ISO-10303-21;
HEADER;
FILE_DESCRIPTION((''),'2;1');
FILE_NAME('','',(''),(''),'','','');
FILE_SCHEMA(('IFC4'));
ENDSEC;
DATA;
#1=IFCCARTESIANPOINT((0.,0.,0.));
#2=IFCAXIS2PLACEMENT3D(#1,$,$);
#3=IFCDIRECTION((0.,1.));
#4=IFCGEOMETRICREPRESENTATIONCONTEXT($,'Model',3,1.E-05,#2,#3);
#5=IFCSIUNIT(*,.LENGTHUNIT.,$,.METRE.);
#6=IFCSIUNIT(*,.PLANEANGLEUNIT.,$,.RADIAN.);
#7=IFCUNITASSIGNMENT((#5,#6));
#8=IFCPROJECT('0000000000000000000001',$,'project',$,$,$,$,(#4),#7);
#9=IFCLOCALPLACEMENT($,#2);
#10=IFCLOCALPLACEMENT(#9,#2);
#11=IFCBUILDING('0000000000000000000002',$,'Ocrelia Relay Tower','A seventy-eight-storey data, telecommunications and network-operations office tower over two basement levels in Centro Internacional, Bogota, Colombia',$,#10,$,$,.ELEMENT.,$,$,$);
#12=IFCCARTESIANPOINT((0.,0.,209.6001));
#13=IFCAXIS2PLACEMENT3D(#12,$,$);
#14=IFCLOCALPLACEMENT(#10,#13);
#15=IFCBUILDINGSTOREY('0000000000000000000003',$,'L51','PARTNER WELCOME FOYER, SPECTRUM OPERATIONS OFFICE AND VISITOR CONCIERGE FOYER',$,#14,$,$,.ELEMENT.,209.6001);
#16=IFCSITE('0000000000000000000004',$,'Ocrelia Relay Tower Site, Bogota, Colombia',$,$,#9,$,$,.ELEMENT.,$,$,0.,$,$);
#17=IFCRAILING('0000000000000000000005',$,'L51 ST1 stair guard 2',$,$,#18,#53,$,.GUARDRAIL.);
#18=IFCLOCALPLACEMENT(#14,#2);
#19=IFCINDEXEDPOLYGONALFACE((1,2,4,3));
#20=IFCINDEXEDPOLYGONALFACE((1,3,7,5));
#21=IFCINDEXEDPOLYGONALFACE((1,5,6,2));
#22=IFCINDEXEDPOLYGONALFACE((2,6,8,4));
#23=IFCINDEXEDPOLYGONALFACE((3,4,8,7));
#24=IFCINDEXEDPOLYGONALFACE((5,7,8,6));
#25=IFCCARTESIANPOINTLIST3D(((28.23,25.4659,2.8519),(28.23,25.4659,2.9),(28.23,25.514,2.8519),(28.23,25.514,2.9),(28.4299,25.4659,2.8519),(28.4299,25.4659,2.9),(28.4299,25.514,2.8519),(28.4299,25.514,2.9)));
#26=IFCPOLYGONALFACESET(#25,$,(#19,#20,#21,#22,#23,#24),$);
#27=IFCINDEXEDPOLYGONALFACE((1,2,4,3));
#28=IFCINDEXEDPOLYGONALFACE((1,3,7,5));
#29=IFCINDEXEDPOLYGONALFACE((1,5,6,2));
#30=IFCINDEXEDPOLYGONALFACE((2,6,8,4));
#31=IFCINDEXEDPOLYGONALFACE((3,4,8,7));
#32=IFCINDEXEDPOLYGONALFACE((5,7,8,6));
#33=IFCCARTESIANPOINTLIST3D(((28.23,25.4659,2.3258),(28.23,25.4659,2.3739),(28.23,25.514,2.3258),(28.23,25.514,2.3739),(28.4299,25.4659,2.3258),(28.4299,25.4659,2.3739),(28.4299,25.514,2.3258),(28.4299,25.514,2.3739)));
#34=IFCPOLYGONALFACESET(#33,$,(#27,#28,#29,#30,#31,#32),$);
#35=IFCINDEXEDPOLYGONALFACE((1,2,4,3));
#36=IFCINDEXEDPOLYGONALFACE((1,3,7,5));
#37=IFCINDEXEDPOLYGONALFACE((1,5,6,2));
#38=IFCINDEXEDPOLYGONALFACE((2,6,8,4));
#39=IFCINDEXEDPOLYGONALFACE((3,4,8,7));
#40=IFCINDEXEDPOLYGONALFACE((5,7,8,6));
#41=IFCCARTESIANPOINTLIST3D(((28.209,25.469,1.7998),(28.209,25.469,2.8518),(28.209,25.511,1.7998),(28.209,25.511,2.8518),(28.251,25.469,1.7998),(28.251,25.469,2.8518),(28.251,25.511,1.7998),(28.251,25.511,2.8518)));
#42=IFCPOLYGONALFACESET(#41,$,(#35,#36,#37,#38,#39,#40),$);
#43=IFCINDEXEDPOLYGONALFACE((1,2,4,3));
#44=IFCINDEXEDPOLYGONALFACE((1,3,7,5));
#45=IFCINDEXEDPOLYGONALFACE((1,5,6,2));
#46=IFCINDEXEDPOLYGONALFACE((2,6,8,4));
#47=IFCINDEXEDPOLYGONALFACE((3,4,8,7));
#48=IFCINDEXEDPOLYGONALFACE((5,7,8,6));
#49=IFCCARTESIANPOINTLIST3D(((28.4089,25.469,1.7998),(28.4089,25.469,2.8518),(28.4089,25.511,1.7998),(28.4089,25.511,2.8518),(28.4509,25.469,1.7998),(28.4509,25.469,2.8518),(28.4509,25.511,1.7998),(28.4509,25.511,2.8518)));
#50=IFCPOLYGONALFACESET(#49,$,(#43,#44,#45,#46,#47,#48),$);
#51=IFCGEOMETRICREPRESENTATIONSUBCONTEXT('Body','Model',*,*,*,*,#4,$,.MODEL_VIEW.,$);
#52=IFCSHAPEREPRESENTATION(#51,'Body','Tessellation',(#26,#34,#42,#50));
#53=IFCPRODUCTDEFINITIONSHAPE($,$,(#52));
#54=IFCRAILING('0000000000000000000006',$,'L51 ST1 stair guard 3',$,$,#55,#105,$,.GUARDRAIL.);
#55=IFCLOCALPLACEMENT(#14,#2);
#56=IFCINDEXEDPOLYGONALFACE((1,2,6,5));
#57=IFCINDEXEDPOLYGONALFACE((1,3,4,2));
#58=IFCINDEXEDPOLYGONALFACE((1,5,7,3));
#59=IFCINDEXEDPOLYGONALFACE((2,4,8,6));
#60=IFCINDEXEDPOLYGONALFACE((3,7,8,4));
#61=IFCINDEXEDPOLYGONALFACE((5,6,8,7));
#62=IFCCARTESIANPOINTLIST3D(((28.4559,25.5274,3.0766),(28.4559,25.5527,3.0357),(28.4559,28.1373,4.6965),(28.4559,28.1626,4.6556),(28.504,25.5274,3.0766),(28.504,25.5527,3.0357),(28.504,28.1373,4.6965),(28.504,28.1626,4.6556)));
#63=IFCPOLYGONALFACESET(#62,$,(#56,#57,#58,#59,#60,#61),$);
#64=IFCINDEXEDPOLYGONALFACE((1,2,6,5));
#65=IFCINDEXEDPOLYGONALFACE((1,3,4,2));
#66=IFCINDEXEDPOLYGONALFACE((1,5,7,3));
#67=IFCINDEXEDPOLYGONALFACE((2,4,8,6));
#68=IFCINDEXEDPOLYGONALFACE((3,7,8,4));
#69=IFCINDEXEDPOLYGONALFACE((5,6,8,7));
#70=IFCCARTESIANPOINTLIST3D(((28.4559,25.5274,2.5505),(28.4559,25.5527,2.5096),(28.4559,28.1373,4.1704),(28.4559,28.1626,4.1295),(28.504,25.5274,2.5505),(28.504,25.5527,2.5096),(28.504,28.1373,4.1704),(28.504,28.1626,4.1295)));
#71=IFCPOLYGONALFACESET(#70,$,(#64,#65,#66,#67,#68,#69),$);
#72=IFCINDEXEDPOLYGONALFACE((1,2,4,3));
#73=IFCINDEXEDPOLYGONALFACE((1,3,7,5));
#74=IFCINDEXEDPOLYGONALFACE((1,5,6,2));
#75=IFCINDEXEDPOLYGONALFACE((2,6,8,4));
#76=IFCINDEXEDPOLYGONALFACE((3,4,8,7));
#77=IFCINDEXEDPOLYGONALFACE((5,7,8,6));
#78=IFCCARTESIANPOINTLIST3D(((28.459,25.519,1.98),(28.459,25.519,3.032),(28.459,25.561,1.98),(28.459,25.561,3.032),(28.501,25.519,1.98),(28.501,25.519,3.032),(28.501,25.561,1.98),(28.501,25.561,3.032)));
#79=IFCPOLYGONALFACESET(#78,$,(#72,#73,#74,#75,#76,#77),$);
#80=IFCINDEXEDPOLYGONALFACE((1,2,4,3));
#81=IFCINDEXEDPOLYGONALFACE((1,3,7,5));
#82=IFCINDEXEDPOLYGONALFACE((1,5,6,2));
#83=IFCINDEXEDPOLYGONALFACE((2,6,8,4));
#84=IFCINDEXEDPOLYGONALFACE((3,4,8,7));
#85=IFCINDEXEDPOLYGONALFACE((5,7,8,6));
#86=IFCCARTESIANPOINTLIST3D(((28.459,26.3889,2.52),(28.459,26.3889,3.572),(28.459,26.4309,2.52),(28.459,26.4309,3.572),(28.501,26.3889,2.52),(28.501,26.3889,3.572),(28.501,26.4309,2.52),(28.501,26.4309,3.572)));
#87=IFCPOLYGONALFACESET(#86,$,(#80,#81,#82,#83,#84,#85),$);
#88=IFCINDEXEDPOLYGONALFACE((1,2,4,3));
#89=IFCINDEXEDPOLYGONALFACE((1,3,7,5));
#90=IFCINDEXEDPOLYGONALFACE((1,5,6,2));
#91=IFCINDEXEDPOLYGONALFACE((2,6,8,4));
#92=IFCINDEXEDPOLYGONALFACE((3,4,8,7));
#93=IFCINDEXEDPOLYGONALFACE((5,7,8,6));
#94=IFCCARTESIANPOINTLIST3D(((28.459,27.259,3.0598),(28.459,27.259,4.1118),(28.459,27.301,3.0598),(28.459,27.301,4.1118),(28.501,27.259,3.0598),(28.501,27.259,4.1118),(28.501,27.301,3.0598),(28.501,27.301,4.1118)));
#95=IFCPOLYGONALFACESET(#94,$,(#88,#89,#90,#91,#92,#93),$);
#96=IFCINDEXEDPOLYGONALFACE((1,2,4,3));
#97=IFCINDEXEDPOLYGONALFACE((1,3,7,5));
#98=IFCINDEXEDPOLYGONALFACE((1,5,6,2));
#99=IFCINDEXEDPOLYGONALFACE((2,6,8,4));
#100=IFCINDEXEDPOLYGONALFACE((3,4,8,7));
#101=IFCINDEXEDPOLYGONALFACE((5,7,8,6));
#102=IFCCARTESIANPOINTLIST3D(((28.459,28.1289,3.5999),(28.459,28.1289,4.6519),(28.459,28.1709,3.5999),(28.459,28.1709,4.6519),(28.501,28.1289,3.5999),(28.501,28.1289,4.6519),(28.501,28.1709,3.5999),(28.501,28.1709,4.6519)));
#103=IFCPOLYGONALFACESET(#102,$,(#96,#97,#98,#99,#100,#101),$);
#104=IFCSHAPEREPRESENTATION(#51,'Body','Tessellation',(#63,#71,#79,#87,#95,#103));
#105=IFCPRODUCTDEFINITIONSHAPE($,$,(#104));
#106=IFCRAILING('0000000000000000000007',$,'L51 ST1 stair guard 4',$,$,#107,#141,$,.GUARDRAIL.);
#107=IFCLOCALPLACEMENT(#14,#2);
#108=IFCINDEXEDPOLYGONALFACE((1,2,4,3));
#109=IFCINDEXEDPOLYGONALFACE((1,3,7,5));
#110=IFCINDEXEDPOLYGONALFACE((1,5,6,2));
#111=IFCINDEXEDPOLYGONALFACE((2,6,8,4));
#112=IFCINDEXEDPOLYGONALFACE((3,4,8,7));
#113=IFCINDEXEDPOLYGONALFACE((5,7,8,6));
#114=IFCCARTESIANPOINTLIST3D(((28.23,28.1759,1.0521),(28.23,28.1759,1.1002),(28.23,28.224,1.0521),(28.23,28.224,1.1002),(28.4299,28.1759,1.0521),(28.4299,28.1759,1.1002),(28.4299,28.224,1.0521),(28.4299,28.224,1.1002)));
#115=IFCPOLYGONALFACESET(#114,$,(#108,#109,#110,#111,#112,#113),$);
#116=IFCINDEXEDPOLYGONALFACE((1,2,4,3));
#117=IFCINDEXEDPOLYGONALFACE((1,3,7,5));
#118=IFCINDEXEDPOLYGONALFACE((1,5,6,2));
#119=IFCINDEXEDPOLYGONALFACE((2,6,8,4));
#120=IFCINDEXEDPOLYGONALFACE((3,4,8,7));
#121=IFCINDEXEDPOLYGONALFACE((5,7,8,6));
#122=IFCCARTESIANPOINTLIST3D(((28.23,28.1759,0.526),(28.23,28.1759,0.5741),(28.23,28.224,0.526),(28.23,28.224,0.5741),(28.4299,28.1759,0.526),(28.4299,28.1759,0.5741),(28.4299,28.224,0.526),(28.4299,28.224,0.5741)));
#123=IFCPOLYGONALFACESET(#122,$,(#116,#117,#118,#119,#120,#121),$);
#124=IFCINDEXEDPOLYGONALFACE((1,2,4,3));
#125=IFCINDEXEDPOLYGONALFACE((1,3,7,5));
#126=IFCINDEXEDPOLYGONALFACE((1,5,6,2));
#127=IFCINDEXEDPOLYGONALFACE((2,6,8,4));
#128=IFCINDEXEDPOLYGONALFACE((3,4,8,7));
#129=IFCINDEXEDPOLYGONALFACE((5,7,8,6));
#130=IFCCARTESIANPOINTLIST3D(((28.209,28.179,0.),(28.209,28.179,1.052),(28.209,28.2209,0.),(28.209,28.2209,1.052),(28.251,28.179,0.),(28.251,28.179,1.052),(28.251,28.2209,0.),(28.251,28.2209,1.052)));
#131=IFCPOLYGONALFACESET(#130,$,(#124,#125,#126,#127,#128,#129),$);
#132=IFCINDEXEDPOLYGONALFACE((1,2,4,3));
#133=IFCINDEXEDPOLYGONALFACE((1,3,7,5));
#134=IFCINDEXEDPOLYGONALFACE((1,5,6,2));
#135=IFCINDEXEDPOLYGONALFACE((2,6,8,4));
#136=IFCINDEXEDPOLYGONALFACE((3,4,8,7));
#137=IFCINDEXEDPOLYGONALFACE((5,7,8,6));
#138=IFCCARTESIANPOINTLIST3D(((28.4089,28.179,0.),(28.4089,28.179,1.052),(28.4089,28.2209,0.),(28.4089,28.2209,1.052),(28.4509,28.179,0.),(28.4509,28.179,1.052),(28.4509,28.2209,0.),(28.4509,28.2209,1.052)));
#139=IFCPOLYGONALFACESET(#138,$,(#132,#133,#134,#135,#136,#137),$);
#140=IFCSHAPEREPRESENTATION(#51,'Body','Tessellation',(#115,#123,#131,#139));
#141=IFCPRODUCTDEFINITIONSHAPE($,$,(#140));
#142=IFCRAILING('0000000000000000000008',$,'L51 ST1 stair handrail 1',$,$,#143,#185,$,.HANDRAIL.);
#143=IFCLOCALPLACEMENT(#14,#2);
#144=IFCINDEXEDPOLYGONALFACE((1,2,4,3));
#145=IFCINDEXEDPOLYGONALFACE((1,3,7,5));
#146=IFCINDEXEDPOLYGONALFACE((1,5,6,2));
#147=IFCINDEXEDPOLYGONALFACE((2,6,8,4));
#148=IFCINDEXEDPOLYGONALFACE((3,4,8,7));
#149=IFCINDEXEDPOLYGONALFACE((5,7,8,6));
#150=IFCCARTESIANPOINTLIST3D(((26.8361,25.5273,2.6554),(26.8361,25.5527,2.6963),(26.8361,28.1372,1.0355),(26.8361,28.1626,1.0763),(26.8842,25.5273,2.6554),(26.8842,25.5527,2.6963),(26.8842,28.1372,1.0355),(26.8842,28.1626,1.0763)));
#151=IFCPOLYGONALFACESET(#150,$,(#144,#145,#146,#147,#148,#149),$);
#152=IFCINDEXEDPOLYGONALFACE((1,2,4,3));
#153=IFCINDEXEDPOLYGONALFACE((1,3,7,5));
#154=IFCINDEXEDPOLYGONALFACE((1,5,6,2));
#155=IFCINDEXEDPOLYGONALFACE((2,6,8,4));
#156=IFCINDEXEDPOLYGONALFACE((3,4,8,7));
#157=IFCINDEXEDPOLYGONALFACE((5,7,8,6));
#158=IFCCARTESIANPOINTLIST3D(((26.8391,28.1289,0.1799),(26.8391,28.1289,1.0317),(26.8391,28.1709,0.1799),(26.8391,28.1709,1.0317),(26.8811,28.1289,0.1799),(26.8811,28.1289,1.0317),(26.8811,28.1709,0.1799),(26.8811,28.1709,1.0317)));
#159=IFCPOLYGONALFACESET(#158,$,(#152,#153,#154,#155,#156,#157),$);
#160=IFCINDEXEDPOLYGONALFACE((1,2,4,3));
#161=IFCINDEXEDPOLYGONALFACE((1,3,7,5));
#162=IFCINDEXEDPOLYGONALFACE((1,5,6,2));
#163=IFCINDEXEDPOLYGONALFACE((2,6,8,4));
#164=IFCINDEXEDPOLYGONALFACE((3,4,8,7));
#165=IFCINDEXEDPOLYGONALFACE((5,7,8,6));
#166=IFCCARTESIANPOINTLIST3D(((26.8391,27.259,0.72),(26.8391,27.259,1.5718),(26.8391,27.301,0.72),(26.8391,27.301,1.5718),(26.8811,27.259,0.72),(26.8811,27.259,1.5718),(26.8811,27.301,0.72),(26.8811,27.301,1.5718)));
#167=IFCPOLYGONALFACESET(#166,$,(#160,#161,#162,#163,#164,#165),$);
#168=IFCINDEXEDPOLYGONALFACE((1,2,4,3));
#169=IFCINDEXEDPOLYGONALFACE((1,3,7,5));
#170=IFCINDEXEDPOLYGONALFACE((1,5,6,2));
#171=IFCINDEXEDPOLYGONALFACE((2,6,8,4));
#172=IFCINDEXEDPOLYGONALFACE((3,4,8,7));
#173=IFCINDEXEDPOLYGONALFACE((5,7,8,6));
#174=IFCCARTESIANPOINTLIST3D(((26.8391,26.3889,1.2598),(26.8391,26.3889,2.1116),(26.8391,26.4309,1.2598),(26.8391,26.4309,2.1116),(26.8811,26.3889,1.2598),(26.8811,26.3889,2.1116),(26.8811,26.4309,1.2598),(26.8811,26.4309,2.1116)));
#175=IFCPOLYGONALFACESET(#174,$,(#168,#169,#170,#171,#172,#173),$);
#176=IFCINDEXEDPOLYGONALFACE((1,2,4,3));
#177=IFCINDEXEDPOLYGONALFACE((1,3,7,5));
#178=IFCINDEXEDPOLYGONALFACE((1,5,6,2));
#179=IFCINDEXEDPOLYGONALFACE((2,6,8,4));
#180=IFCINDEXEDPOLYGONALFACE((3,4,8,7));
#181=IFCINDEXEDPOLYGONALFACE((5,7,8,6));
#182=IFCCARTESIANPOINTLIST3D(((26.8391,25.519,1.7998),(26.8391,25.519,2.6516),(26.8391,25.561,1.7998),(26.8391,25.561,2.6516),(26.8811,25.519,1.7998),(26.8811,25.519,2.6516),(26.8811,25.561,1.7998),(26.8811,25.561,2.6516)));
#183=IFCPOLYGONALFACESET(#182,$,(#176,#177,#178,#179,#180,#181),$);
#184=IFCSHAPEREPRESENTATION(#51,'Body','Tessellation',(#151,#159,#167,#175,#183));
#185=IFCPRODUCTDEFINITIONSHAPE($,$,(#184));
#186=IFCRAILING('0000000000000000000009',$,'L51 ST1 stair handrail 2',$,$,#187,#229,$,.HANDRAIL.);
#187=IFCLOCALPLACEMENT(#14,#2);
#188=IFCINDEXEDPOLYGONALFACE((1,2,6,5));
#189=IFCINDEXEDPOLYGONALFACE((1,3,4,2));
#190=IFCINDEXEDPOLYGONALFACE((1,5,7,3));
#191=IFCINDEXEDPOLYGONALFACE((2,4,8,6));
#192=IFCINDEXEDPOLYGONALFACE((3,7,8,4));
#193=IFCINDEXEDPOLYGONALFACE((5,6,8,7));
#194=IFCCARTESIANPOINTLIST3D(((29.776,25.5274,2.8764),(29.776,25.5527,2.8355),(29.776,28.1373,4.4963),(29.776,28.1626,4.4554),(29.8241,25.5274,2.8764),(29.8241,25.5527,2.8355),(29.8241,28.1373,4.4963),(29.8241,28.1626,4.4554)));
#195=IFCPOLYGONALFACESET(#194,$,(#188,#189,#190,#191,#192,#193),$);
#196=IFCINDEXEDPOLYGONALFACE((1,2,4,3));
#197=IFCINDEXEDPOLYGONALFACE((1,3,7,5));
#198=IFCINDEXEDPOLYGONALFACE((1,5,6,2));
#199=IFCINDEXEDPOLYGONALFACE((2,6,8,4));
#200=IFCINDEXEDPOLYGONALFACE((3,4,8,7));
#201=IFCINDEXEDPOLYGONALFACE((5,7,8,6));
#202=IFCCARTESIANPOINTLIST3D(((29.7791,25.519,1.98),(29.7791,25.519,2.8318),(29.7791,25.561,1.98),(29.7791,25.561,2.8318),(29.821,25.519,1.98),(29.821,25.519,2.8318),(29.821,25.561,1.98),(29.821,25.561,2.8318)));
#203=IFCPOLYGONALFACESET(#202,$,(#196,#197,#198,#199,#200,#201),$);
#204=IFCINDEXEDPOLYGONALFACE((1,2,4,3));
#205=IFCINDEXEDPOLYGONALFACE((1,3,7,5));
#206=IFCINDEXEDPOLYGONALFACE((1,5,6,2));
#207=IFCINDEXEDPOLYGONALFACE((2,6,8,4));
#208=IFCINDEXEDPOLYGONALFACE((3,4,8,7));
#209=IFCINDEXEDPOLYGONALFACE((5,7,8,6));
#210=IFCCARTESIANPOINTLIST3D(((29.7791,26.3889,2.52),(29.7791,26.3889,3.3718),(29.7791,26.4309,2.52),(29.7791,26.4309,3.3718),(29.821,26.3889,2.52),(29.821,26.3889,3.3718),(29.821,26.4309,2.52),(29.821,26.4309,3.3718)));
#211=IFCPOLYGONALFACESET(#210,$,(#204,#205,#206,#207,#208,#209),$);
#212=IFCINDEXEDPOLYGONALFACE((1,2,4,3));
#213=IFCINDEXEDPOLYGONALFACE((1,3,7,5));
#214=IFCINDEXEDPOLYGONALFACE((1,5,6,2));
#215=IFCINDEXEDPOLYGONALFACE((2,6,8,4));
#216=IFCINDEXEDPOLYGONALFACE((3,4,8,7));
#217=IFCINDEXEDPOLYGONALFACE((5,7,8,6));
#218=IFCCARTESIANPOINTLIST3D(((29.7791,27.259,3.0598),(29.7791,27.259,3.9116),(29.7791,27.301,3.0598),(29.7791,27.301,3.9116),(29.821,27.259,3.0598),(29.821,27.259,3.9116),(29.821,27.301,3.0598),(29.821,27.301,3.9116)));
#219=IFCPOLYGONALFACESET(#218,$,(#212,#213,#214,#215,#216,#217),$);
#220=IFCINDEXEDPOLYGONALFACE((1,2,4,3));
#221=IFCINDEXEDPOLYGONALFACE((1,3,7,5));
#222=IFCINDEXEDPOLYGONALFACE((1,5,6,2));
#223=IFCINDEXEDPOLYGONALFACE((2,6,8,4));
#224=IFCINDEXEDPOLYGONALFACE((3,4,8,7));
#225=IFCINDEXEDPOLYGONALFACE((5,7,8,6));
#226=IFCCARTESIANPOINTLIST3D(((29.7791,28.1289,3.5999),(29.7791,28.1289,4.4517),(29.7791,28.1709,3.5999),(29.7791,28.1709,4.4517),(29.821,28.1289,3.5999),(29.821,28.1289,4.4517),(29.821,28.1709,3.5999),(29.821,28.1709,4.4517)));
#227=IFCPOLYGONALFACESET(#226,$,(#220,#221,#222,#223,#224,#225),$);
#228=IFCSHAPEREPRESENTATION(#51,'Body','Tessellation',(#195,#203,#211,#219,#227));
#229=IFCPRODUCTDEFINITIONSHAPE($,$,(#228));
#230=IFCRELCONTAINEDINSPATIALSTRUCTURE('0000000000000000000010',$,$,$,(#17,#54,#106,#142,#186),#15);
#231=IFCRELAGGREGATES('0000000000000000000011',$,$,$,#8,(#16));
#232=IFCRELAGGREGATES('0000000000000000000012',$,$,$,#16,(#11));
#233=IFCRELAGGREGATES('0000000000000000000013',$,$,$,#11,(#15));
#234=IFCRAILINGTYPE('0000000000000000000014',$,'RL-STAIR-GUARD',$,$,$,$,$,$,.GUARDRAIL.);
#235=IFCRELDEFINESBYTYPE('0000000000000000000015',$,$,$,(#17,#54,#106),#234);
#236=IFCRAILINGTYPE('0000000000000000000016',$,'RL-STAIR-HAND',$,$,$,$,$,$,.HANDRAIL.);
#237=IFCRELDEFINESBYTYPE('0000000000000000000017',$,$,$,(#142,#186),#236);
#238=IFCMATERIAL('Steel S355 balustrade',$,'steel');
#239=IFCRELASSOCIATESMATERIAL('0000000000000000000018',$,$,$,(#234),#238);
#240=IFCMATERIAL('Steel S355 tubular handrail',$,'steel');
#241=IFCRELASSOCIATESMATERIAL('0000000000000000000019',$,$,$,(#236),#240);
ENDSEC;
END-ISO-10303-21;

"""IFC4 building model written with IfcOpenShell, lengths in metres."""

from ifc_helpers import new_model, si_unit, direction, frame, origin, origin_2d, place, context, subcontext, project, spatial, rectangle, extrude, material, type_object, element, save


model = new_model("IFC4")

# Units and contexts
model_context = context("Model", 3, precision=1e-05, world=origin(), true_north=direction((0.0, 1.0)))
body_context = subcontext(model_context, "Body", "Model", "MODEL_VIEW")
ifc_project = project(units=[si_unit("LENGTHUNIT", "METRE"), si_unit("PLANEANGLEUNIT", "RADIAN")], contexts=[model_context])

# Site, building, storey
site_placement = place(None, origin())
site = spatial("IfcSite", under=ifc_project, at=site_placement, Name="Ocrelia Relay Tower Site, Bogota, Colombia", CompositionType="ELEMENT", RefElevation=0.0)
building_placement = place(site_placement, origin())
building = spatial("IfcBuilding", under=site, at=building_placement, Name="Ocrelia Relay Tower", Description="A seventy-eight-storey data, telecommunications and network-operations office tower over two basement levels in Centro Internacional, Bogota, Colombia", CompositionType="ELEMENT")
storey_placement = place(building_placement, frame((0.0, 0.0, 209.6001)))
storey = spatial("IfcBuildingStorey", under=building, at=storey_placement, Name="L51", Description="PARTNER WELCOME FOYER, SPECTRUM OPERATIONS OFFICE AND VISITOR CONCIERGE FOYER", CompositionType="ELEMENT", Elevation=209.6001)

# Railings
ifc_material_1 = material(Name="Steel S355 balustrade", Category="steel")
railing_type_1 = type_object("IfcRailingType", Name="RL-STAIR-GUARD", PredefinedType="GUARDRAIL", material=ifc_material_1)
railing_1_placement = place(storey_placement, frame((28.23, 25.49, 1.7998)))
element("IfcRailing", 1, at=railing_1_placement, inside=storey, type_object=railing_type_1, Name="L51 ST1 stair guard 2", PredefinedType="GUARDRAIL", context=body_context, shape_type="SweptSolid", body=[
    extrude(rectangle(XDim=0.0481, YDim=0.0481, at=origin_2d()), frame((0.0, 0.0, 1.0762), z_axis=(1.0, 0.0, 0.0), x_axis=(0.0, 1.0, 0.0)), (0.0, 0.0, 1.0), 0.2),
    extrude(rectangle(XDim=0.0481, YDim=0.0481, at=origin_2d()), frame((0.0, 0.0, 0.55), z_axis=(1.0, 0.0, 0.0), x_axis=(0.0, 1.0, 0.0)), (0.0, 0.0, 1.0), 0.2),
    extrude(rectangle(XDim=0.042, YDim=0.042, at=origin_2d()), origin(), (0.0, 0.0, 1.0), 1.052),
    extrude(rectangle(XDim=0.042, YDim=0.042, at=origin_2d()), frame((0.2, 0.0, 0.0)), (0.0, 0.0, 1.0), 1.052),
])
railing_2_placement = place(storey_placement, frame((28.48, 25.54, 1.98)))
element("IfcRailing", 2, at=railing_2_placement, inside=storey, type_object=railing_type_1, Name="L51 ST1 stair guard 3", PredefinedType="GUARDRAIL", context=body_context, shape_type="SweptSolid", body=[
    extrude(rectangle(XDim=0.0481, YDim=0.0481, at=origin_2d()), frame((0.0, 0.0, 1.0762), z_axis=(0.0, 0.849646, 0.527353), x_axis=(-1.0, 0.0, 0.0)), (0.0, 0.0, 1.0), 3.0718),
    extrude(rectangle(XDim=0.0481, YDim=0.0481, at=origin_2d()), frame((0.0, 0.0, 0.55), z_axis=(0.0, 0.849646, 0.527353), x_axis=(-1.0, 0.0, 0.0)), (0.0, 0.0, 1.0), 3.0718),
    extrude(rectangle(XDim=0.042, YDim=0.042, at=origin_2d()), origin(), (0.0, 0.0, 1.0), 1.052),
    extrude(rectangle(XDim=0.042, YDim=0.042, at=origin_2d()), frame((0.0, 0.8699, 0.54)), (0.0, 0.0, 1.0), 1.052),
    extrude(rectangle(XDim=0.042, YDim=0.042, at=origin_2d()), frame((0.0, 1.74, 1.0798)), (0.0, 0.0, 1.0), 1.052),
    extrude(rectangle(XDim=0.042, YDim=0.042, at=origin_2d()), frame((0.0, 2.6099, 1.6199)), (0.0, 0.0, 1.0), 1.052),
])
railing_3_placement = place(storey_placement, frame((28.23, 28.2, 0.0)))
element("IfcRailing", 3, at=railing_3_placement, inside=storey, type_object=railing_type_1, Name="L51 ST1 stair guard 4", PredefinedType="GUARDRAIL", context=body_context, shape_type="SweptSolid", body=[
    extrude(rectangle(XDim=0.0481, YDim=0.0481, at=origin_2d()), frame((0.0, 0.0, 1.0762), z_axis=(1.0, 0.0, 0.0), x_axis=(0.0, 1.0, 0.0)), (0.0, 0.0, 1.0), 0.2),
    extrude(rectangle(XDim=0.0481, YDim=0.0481, at=origin_2d()), frame((0.0, 0.0, 0.55), z_axis=(1.0, 0.0, 0.0), x_axis=(0.0, 1.0, 0.0)), (0.0, 0.0, 1.0), 0.2),
    extrude(rectangle(XDim=0.042, YDim=0.042, at=origin_2d()), origin(), (0.0, 0.0, 1.0), 1.052),
    extrude(rectangle(XDim=0.042, YDim=0.042, at=origin_2d()), frame((0.2, 0.0, 0.0)), (0.0, 0.0, 1.0), 1.052),
])
ifc_material_2 = material(Name="Steel S355 tubular handrail", Category="steel")
railing_type_2 = type_object("IfcRailingType", Name="RL-STAIR-HAND", PredefinedType="HANDRAIL", material=ifc_material_2)
railing_4_placement = place(storey_placement, frame((26.8601, 28.1499, 0.1799)))
element("IfcRailing", 4, at=railing_4_placement, inside=storey, type_object=railing_type_2, Name="L51 ST1 stair handrail 1", PredefinedType="HANDRAIL", context=body_context, shape_type="SweptSolid", body=[
    extrude(rectangle(XDim=0.0481, YDim=0.0481, at=origin_2d()), frame((0.0, 0.0, 0.876), z_axis=(0.0, -0.849646, 0.527353), x_axis=(1.0, 0.0, 0.0)), (0.0, 0.0, 1.0), 3.0718),
    extrude(rectangle(XDim=0.042, YDim=0.042, at=origin_2d()), origin(), (0.0, 0.0, 1.0), 0.8518),
    extrude(rectangle(XDim=0.042, YDim=0.042, at=origin_2d()), frame((0.0, -0.8699, 0.54)), (0.0, 0.0, 1.0), 0.8518),
    extrude(rectangle(XDim=0.042, YDim=0.042, at=origin_2d()), frame((0.0, -1.74, 1.0798)), (0.0, 0.0, 1.0), 0.8518),
    extrude(rectangle(XDim=0.042, YDim=0.042, at=origin_2d()), frame((0.0, -2.6099, 1.6199)), (0.0, 0.0, 1.0), 0.8518),
])
railing_5_placement = place(storey_placement, frame((29.8, 25.54, 1.98)))
element("IfcRailing", 5, at=railing_5_placement, inside=storey, type_object=railing_type_2, Name="L51 ST1 stair handrail 2", PredefinedType="HANDRAIL", context=body_context, shape_type="SweptSolid", body=[
    extrude(rectangle(XDim=0.0481, YDim=0.0481, at=origin_2d()), frame((0.0, 0.0, 0.876), z_axis=(0.0, 0.849646, 0.527353), x_axis=(-1.0, 0.0, 0.0)), (0.0, 0.0, 1.0), 3.0718),
    extrude(rectangle(XDim=0.042, YDim=0.042, at=origin_2d()), origin(), (0.0, 0.0, 1.0), 0.8518),
    extrude(rectangle(XDim=0.042, YDim=0.042, at=origin_2d()), frame((0.0, 0.8699, 0.54)), (0.0, 0.0, 1.0), 0.8518),
    extrude(rectangle(XDim=0.042, YDim=0.042, at=origin_2d()), frame((0.0, 1.74, 1.0798)), (0.0, 0.0, 1.0), 0.8518),
    extrude(rectangle(XDim=0.042, YDim=0.042, at=origin_2d()), frame((0.0, 2.6099, 1.6199)), (0.0, 0.0, 1.0), 0.8518),
])

save(model, "model.ifc")
